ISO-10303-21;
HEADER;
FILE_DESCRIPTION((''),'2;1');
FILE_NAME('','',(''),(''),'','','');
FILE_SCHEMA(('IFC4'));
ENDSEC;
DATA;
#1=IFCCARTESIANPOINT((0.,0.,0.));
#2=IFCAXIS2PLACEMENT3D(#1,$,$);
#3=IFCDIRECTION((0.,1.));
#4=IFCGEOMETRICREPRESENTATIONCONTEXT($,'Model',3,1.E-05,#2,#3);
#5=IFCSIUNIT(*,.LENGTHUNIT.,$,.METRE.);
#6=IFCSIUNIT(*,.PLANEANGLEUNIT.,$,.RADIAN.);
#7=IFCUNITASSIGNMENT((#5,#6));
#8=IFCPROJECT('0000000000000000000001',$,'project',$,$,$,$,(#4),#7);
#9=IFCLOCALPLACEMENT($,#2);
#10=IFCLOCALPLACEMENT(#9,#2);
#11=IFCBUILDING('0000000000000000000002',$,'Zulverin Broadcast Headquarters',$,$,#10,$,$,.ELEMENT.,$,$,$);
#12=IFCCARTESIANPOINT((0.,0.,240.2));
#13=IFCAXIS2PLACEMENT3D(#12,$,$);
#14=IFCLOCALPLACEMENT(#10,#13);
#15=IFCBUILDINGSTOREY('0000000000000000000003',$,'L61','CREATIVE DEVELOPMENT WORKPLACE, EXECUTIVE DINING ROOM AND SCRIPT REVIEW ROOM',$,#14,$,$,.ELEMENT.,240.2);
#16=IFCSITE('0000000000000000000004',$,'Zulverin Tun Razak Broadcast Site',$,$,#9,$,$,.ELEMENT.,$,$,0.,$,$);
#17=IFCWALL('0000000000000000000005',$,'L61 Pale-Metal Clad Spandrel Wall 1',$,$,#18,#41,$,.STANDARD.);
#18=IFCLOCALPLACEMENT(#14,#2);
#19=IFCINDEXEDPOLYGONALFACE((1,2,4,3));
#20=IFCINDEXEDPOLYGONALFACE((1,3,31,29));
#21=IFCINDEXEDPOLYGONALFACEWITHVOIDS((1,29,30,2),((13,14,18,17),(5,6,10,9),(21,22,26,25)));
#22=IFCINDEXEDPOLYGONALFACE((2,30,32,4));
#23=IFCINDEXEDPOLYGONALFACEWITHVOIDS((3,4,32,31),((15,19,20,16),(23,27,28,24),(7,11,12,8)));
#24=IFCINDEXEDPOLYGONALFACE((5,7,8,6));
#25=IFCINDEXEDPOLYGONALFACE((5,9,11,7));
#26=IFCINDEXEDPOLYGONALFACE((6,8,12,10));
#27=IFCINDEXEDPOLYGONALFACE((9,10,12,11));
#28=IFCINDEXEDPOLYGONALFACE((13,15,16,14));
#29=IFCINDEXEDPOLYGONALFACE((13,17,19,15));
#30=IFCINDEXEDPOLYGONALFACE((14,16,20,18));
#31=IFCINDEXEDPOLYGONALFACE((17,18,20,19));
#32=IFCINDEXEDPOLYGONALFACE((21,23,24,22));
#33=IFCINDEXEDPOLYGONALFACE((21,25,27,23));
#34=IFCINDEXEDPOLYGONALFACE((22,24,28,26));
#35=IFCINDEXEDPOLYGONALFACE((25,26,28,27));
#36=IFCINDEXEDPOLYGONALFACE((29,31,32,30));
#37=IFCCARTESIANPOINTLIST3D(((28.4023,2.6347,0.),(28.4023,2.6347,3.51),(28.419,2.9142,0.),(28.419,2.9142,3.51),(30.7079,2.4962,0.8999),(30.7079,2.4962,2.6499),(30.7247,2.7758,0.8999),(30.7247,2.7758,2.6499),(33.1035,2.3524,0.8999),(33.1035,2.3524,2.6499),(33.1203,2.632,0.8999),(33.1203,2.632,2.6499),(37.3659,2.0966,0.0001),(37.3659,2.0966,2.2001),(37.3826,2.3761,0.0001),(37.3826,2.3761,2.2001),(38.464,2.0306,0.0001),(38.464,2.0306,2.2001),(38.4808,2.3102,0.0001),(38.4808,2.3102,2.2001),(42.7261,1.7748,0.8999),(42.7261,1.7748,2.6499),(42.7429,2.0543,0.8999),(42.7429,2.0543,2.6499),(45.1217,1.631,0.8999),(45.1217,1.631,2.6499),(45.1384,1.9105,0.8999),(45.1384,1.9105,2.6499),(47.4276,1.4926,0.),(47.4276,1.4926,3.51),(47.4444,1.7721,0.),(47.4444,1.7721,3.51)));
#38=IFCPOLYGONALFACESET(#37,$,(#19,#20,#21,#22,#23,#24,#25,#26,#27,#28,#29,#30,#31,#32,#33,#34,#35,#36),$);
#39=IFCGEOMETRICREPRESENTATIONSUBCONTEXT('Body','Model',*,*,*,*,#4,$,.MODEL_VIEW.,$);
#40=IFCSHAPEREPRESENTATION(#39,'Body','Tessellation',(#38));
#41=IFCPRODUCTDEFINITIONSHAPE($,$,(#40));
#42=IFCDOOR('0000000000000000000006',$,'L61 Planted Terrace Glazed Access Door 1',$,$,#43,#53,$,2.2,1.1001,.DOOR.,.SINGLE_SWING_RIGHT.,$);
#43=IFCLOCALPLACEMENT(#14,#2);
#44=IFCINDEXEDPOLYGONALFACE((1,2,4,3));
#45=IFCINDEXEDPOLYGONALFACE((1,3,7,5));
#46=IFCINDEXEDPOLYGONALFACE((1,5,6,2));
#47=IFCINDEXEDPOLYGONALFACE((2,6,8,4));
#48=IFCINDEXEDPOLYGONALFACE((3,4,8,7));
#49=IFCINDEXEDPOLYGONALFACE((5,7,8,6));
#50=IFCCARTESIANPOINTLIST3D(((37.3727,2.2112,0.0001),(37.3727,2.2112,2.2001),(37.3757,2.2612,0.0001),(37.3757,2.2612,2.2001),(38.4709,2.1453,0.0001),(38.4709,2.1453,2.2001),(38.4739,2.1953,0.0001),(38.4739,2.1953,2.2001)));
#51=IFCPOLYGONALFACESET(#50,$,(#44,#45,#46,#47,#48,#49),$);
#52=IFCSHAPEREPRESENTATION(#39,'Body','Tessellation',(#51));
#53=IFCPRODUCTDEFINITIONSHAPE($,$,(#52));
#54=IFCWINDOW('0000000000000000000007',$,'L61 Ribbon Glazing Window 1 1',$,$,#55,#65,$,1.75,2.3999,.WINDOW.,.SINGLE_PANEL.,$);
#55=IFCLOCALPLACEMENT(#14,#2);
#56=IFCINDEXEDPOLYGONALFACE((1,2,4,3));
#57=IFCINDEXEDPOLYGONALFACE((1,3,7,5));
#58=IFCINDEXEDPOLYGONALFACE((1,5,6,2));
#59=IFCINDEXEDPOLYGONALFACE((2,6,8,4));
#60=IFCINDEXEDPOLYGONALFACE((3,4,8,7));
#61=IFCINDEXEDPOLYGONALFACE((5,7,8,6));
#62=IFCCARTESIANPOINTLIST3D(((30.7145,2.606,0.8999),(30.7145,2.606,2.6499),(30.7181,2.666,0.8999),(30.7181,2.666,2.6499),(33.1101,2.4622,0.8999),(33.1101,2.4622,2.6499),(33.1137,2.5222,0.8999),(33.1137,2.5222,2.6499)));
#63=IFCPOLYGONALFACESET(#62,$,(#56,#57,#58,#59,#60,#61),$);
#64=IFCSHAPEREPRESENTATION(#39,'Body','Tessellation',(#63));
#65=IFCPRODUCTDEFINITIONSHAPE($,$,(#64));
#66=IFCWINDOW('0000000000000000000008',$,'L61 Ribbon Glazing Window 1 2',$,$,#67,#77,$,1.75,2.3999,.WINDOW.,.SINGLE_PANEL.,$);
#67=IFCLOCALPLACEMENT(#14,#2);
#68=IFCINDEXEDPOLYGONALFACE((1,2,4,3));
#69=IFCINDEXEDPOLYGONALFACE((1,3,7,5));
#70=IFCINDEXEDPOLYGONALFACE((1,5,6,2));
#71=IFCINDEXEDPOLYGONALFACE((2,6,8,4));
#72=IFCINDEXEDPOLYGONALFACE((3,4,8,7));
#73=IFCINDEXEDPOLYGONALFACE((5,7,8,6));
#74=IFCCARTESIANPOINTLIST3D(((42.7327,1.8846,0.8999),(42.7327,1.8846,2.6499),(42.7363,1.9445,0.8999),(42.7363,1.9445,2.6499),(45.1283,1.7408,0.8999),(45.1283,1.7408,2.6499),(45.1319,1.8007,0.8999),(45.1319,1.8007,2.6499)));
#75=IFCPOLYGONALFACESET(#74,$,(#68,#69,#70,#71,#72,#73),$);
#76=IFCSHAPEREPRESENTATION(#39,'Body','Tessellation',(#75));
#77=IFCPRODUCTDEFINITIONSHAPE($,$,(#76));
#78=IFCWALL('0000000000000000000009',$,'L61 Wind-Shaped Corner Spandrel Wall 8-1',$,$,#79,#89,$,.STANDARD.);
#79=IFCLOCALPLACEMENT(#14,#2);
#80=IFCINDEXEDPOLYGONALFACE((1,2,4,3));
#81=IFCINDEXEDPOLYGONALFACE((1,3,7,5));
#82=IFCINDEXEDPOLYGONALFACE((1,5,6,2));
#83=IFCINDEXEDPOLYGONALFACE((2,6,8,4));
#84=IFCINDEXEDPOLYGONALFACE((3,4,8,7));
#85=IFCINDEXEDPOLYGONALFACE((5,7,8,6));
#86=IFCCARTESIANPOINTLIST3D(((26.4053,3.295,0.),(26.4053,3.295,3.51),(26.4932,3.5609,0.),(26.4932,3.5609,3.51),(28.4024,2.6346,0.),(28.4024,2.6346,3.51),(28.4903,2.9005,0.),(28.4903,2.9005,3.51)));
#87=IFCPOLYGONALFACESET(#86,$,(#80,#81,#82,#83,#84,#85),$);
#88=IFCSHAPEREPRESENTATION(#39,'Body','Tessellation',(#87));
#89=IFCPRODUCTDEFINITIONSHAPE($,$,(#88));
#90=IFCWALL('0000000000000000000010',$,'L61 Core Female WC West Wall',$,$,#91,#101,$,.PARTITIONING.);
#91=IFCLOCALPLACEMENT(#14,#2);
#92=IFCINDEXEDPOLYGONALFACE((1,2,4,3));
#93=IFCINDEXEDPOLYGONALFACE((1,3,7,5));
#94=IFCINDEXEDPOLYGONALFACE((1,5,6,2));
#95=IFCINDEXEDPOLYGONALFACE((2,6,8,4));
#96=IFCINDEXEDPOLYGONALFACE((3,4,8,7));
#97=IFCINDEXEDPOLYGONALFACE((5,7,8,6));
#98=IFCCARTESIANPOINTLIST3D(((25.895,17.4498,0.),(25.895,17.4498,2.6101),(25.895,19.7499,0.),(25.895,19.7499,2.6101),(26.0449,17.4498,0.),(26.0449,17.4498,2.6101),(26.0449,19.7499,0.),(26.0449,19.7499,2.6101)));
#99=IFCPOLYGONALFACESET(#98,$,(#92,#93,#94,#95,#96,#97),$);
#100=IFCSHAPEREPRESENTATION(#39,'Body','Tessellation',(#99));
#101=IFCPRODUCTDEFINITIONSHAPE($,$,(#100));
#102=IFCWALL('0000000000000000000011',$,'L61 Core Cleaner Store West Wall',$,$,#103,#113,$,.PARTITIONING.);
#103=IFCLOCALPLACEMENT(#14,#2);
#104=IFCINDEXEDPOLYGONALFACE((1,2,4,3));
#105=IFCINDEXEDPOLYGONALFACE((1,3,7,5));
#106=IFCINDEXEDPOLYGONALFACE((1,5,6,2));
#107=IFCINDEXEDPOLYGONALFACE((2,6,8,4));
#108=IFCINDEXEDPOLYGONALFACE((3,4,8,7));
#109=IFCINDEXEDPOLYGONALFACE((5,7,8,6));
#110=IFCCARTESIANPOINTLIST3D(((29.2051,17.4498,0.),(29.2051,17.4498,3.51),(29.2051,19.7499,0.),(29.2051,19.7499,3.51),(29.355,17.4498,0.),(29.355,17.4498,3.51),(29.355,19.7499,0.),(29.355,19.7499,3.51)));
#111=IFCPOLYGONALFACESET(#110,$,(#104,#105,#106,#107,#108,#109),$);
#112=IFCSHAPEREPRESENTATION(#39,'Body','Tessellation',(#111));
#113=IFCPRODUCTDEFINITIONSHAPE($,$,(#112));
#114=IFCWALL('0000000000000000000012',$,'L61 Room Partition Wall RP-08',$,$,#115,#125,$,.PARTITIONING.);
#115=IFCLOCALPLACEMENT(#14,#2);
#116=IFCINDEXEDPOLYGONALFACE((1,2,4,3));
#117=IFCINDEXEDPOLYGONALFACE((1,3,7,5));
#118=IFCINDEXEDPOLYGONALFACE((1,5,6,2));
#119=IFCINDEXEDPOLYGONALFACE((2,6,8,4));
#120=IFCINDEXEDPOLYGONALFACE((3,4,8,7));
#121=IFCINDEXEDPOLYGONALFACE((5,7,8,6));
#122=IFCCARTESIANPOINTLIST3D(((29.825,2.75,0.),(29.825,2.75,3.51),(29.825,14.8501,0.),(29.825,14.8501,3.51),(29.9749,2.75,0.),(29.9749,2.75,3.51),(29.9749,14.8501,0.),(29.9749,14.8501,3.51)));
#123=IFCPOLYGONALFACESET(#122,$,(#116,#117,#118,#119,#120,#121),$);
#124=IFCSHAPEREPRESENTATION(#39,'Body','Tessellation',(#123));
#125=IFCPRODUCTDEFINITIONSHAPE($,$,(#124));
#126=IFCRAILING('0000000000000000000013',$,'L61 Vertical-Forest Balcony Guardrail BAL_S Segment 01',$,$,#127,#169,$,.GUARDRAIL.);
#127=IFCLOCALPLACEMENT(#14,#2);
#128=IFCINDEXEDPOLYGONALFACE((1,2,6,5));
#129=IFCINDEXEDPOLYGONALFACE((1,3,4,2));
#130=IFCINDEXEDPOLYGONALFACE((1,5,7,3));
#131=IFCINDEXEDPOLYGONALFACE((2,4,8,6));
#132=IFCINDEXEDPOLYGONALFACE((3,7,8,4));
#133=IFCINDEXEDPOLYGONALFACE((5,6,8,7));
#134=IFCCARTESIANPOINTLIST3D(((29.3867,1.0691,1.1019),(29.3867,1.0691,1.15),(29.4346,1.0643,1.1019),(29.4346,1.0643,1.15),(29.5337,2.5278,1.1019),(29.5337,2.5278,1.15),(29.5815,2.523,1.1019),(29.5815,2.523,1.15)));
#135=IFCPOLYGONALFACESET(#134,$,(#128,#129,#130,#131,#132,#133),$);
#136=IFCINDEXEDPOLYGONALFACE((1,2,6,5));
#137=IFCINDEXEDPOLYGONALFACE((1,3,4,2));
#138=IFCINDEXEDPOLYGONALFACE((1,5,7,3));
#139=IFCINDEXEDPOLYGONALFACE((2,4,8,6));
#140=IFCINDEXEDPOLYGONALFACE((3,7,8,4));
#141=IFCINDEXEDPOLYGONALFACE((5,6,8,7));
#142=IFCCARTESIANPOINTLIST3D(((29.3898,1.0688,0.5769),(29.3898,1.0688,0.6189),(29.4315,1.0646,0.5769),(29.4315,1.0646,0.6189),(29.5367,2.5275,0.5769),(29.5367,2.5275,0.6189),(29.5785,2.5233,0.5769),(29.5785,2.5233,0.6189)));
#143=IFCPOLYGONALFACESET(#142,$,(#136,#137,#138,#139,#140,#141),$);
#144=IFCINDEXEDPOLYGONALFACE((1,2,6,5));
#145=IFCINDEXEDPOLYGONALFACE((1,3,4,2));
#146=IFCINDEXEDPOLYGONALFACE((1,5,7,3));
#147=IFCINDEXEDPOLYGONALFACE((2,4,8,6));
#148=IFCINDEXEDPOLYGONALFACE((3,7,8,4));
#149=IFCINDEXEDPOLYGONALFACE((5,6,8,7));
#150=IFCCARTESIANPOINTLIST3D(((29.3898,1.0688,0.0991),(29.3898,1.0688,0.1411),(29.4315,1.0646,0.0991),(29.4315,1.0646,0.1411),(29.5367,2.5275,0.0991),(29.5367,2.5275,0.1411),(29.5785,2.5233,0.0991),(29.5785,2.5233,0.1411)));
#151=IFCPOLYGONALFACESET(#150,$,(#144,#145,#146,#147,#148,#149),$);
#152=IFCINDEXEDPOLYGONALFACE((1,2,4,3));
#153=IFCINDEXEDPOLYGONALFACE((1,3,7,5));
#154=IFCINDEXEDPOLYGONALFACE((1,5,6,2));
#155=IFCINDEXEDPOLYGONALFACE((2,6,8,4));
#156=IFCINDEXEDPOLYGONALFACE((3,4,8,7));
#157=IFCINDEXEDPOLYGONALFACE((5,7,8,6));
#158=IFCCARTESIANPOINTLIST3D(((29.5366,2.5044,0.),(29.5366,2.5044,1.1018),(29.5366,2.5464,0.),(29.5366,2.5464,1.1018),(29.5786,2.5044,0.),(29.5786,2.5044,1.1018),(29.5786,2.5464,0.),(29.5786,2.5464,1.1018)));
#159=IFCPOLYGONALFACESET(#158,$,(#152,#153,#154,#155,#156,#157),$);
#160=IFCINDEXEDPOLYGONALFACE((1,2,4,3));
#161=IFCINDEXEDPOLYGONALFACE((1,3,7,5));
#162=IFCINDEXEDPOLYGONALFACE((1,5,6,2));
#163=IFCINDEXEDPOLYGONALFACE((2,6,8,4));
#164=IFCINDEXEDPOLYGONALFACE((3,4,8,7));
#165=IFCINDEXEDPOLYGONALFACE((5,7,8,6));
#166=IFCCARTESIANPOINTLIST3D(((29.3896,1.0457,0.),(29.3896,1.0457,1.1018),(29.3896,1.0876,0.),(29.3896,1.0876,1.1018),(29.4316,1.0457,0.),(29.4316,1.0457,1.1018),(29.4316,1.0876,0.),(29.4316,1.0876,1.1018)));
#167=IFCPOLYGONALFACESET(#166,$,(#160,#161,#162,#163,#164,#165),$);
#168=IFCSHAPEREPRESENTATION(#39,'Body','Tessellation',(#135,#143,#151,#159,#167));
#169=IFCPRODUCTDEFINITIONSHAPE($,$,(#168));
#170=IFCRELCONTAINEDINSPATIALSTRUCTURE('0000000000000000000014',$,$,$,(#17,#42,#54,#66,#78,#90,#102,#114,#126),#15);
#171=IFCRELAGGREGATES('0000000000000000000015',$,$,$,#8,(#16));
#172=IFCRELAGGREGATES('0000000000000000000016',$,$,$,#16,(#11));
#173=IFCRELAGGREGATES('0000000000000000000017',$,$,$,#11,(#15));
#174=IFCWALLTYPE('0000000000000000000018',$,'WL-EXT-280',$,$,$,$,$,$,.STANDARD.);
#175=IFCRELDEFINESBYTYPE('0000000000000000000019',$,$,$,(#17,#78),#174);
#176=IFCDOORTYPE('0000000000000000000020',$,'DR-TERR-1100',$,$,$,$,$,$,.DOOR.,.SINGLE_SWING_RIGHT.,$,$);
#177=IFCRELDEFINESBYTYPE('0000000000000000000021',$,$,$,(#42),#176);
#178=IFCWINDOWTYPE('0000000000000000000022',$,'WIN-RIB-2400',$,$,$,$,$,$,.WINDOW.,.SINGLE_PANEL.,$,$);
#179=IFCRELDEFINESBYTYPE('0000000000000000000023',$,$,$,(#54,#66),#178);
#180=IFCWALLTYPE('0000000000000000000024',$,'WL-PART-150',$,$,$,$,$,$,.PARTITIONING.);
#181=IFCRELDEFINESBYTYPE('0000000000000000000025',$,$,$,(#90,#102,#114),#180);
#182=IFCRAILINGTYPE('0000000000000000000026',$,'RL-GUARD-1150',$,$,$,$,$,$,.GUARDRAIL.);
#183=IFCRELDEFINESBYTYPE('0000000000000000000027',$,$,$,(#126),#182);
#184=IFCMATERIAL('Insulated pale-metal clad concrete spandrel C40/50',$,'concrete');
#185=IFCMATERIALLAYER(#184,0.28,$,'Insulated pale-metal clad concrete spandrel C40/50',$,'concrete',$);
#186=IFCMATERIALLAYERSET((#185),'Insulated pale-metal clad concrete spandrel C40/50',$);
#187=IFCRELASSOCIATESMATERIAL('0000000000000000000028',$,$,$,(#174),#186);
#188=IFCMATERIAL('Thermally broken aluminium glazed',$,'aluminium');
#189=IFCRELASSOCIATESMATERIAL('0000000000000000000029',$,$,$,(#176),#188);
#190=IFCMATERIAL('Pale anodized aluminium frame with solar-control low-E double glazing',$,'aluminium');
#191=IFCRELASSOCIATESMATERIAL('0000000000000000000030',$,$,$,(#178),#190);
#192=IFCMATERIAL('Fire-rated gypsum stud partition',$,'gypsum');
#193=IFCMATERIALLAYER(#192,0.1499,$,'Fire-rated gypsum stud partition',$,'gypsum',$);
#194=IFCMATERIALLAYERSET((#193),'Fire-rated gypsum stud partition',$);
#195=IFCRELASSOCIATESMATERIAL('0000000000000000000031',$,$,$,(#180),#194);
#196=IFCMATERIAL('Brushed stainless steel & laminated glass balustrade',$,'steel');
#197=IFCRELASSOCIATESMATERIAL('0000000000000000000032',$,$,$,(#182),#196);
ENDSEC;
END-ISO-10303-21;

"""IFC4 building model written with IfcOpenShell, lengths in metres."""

from ifc_helpers import new_model, si_unit, direction, frame, frame_2d, origin, origin_2d, place, context, subcontext, project, spatial, rectangle, extrude, material, layer, layer_set, type_object, element, fill, save


model = new_model("IFC4")

# Units and contexts
model_context = context("Model", 3, precision=1e-05, world=origin(), true_north=direction((0.0, 1.0)))
body_context = subcontext(model_context, "Body", "Model", "MODEL_VIEW")
ifc_project = project(units=[si_unit("LENGTHUNIT", "METRE"), si_unit("PLANEANGLEUNIT", "RADIAN")], contexts=[model_context])

# Site, building, storey
site_placement = place(None, origin())
site = spatial("IfcSite", under=ifc_project, at=site_placement, Name="Zulverin Tun Razak Broadcast Site", CompositionType="ELEMENT", RefElevation=0.0)
building_placement = place(site_placement, origin())
building = spatial("IfcBuilding", under=site, at=building_placement, Name="Zulverin Broadcast Headquarters", CompositionType="ELEMENT")
storey_placement = place(building_placement, frame((0.0, 0.0, 240.2)))
storey = spatial("IfcBuildingStorey", under=building, at=storey_placement, Name="L61", Description="CREATIVE DEVELOPMENT WORKPLACE, EXECUTIVE DINING ROOM AND SCRIPT REVIEW ROOM", CompositionType="ELEMENT", Elevation=240.2)

# Wall, openings, door, windows
ifc_material_1 = material(Name="Insulated pale-metal clad concrete spandrel C40/50", Category="concrete")
ifc_layer_1 = layer(ifc_material_1, 0.28, Name="Insulated pale-metal clad concrete spandrel C40/50", Category="concrete")
ifc_layer_set_1 = layer_set([ifc_layer_1], Name="Insulated pale-metal clad concrete spandrel C40/50")
wall_type_1 = type_object("IfcWallType", Name="WL-EXT-280", PredefinedType="STANDARD", material=ifc_layer_set_1)
wall_1_placement = place(storey_placement, frame((28.4106, 2.7744, 0.0), z_axis=(0.0, 0.0, 1.0), x_axis=(0.998203, -0.059922, 0.0)))
wall_1 = element("IfcWall", 1, at=wall_1_placement, inside=storey, type_object=wall_type_1, Name="L61 Pale-Metal Clad Spandrel Wall 1", PredefinedType="STANDARD", context=body_context, shape_type="SweptSolid", body=[
    extrude(rectangle(XDim=19.0596, YDim=0.28, at=frame_2d((9.5298, 0.0))), origin(), (0.0, 0.0, 1.0), 3.51),
])
opening_1_placement = place(wall_1_placement, frame((8.9797, 0.0, 0.0)))
opening_1 = element("IfcOpeningElement", 2, at=opening_1_placement, cuts=wall_1, PredefinedType="OPENING", context=body_context, shape_type="SweptSolid", body=[
    extrude(rectangle(XDim=1.1001, YDim=2.2, at=frame_2d((0.55, 1.1001))), frame((0.0, 0.1499, 0.0), z_axis=(0.0, -1.0, 0.0), x_axis=(1.0, 0.0, 0.0)), (0.0, 0.0, 1.0), 0.3),
])
opening_2_placement = place(wall_1_placement, frame((2.3098, 0.0, 0.8999)))
opening_2 = element("IfcOpeningElement", 3, at=opening_2_placement, cuts=wall_1, PredefinedType="OPENING", context=body_context, shape_type="SweptSolid", body=[
    extrude(rectangle(XDim=2.3999, YDim=1.75, at=frame_2d((1.2, 0.875))), frame((0.0, 0.1499, 0.0), z_axis=(0.0, -1.0, 0.0), x_axis=(1.0, 0.0, 0.0)), (0.0, 0.0, 1.0), 0.3),
])
opening_3_placement = place(wall_1_placement, frame((14.3496, 0.0, 0.8999)))
opening_3 = element("IfcOpeningElement", 4, at=opening_3_placement, cuts=wall_1, PredefinedType="OPENING", context=body_context, shape_type="SweptSolid", body=[
    extrude(rectangle(XDim=2.3999, YDim=1.75, at=frame_2d((1.2, 0.875))), frame((0.0, 0.1499, 0.0), z_axis=(0.0, -1.0, 0.0), x_axis=(1.0, 0.0, 0.0)), (0.0, 0.0, 1.0), 0.3),
])
ifc_material_2 = material(Name="Thermally broken aluminium glazed", Category="aluminium")
door_type = type_object("IfcDoorType", Name="DR-TERR-1100", OperationType="SINGLE_SWING_RIGHT", PredefinedType="DOOR", material=ifc_material_2)
door_placement = place(opening_1_placement, origin())
door = element("IfcDoor", 5, at=door_placement, inside=storey, type_object=door_type, Name="L61 Planted Terrace Glazed Access Door 1", OperationType="SINGLE_SWING_RIGHT", OverallHeight=2.2, OverallWidth=1.1001, PredefinedType="DOOR", context=body_context, shape_type="SweptSolid", body=[
    extrude(rectangle(XDim=1.1001, YDim=2.2, at=frame_2d((0.55, 1.1001))), frame((0.0, 0.0249, 0.0), z_axis=(0.0, -1.0, 0.0), x_axis=(1.0, 0.0, 0.0)), (0.0, 0.0, 1.0), 0.05),
])
fill(opening_1, door)
ifc_material_3 = material(Name="Pale anodized aluminium frame with solar-control low-E double glazing", Category="aluminium")
window_type = type_object("IfcWindowType", Name="WIN-RIB-2400", PartitioningType="SINGLE_PANEL", PredefinedType="WINDOW", material=ifc_material_3)
window_1_placement = place(opening_2_placement, origin())
window_1 = element("IfcWindow", 6, at=window_1_placement, inside=storey, type_object=window_type, Name="L61 Ribbon Glazing Window 1 1", OverallHeight=1.75, OverallWidth=2.3999, PartitioningType="SINGLE_PANEL", PredefinedType="WINDOW", context=body_context, shape_type="SweptSolid", body=[
    extrude(rectangle(XDim=2.3999, YDim=1.75, at=frame_2d((1.2, 0.875))), frame((0.0, 0.03, 0.0), z_axis=(0.0, -1.0, 0.0), x_axis=(1.0, 0.0, 0.0)), (0.0, 0.0, 1.0), 0.0601),
])
fill(opening_2, window_1)
window_2_placement = place(opening_3_placement, origin())
window_2 = element("IfcWindow", 7, at=window_2_placement, inside=storey, type_object=window_type, Name="L61 Ribbon Glazing Window 1 2", OverallHeight=1.75, OverallWidth=2.3999, PartitioningType="SINGLE_PANEL", PredefinedType="WINDOW", context=body_context, shape_type="SweptSolid", body=[
    extrude(rectangle(XDim=2.3999, YDim=1.75, at=frame_2d((1.2, 0.875))), frame((0.0, 0.03, 0.0), z_axis=(0.0, -1.0, 0.0), x_axis=(1.0, 0.0, 0.0)), (0.0, 0.0, 1.0), 0.0601),
])
fill(opening_3, window_2)

# Walls
wall_2_placement = place(storey_placement, frame((26.4492, 3.428, 0.0), z_axis=(0.0, 0.0, 1.0), x_axis=(0.949435, -0.313964, 0.0)))
element("IfcWall", 8, at=wall_2_placement, inside=storey, type_object=wall_type_1, Name="L61 Wind-Shaped Corner Spandrel Wall 8-1", PredefinedType="STANDARD", context=body_context, shape_type="SweptSolid", body=[
    extrude(rectangle(XDim=2.1035, YDim=0.28, at=frame_2d((1.0518, 0.0))), origin(), (0.0, 0.0, 1.0), 3.51),
])
ifc_material_4 = material(Name="Fire-rated gypsum stud partition", Category="gypsum")
ifc_layer_2 = layer(ifc_material_4, 0.1499, Name="Fire-rated gypsum stud partition", Category="gypsum")
ifc_layer_set_2 = layer_set([ifc_layer_2], Name="Fire-rated gypsum stud partition")
wall_type_2 = type_object("IfcWallType", Name="WL-PART-150", PredefinedType="PARTITIONING", material=ifc_layer_set_2)
wall_3_placement = place(storey_placement, frame((25.97, 17.45, 0.0), z_axis=(0.0, 0.0, 1.0), x_axis=(0.0, 1.0, 0.0)))
element("IfcWall", 9, at=wall_3_placement, inside=storey, type_object=wall_type_2, Name="L61 Core Female WC West Wall", PredefinedType="PARTITIONING", context=body_context, shape_type="SweptSolid", body=[
    extrude(rectangle(XDim=2.3, YDim=0.1499, at=frame_2d((1.1499, 0.0))), origin(), (0.0, 0.0, 1.0), 2.6101),
])
wall_4_placement = place(storey_placement, frame((29.28, 17.45, 0.0), z_axis=(0.0, 0.0, 1.0), x_axis=(0.0, 1.0, 0.0)))
element("IfcWall", 10, at=wall_4_placement, inside=storey, type_object=wall_type_2, Name="L61 Core Cleaner Store West Wall", PredefinedType="PARTITIONING", context=body_context, shape_type="SweptSolid", body=[
    extrude(rectangle(XDim=2.3, YDim=0.1499, at=frame_2d((1.1499, 0.0))), origin(), (0.0, 0.0, 1.0), 3.51),
])
wall_5_placement = place(storey_placement, frame((29.8999, 2.75, 0.0), z_axis=(0.0, 0.0, 1.0), x_axis=(0.0, 1.0, 0.0)))
element("IfcWall", 11, at=wall_5_placement, inside=storey, type_object=wall_type_2, Name="L61 Room Partition Wall RP-08", PredefinedType="PARTITIONING", context=body_context, shape_type="SweptSolid", body=[
    extrude(rectangle(XDim=12.1001, YDim=0.1499, at=frame_2d((6.05, 0.0))), origin(), (0.0, 0.0, 1.0), 3.51),
])

# Railing
ifc_material_5 = material(Name="Brushed stainless steel & laminated glass balustrade", Category="steel")
railing_type = type_object("IfcRailingType", Name="RL-GUARD-1150", PredefinedType="GUARDRAIL", material=ifc_material_5)
railing_1_placement = place(storey_placement, frame((29.5576, 2.5254, 0.0)))
element("IfcRailing", 12, at=railing_1_placement, inside=storey, type_object=railing_type, Name="L61 Vertical-Forest Balcony Guardrail BAL_S Segment 01", PredefinedType="GUARDRAIL", context=body_context, shape_type="SweptSolid", body=[
    extrude(rectangle(XDim=0.0481, YDim=0.0481, at=origin_2d()), frame((0.0, 0.0, 1.126), z_axis=(-0.100246, -0.994963, 0.0), x_axis=(0.994963, -0.100246, 0.0)), (0.0, 0.0, 1.0), 1.4661),
    extrude(rectangle(XDim=0.042, YDim=0.042, at=origin_2d()), frame((0.0, 0.0, 0.5979), z_axis=(-0.100246, -0.994963, 0.0), x_axis=(0.994963, -0.100246, 0.0)), (0.0, 0.0, 1.0), 1.4661),
    extrude(rectangle(XDim=0.042, YDim=0.042, at=origin_2d()), frame((0.0, 0.0, 0.1201), z_axis=(-0.100246, -0.994963, 0.0), x_axis=(0.994963, -0.100246, 0.0)), (0.0, 0.0, 1.0), 1.4661),
    extrude(rectangle(XDim=0.042, YDim=0.042, at=origin_2d()), origin(), (0.0, 0.0, 1.0), 1.1018),
    extrude(rectangle(XDim=0.042, YDim=0.042, at=origin_2d()), frame((-0.147, -1.4587, 0.0)), (0.0, 0.0, 1.0), 1.1018),
])

save(model, "model.ifc")
